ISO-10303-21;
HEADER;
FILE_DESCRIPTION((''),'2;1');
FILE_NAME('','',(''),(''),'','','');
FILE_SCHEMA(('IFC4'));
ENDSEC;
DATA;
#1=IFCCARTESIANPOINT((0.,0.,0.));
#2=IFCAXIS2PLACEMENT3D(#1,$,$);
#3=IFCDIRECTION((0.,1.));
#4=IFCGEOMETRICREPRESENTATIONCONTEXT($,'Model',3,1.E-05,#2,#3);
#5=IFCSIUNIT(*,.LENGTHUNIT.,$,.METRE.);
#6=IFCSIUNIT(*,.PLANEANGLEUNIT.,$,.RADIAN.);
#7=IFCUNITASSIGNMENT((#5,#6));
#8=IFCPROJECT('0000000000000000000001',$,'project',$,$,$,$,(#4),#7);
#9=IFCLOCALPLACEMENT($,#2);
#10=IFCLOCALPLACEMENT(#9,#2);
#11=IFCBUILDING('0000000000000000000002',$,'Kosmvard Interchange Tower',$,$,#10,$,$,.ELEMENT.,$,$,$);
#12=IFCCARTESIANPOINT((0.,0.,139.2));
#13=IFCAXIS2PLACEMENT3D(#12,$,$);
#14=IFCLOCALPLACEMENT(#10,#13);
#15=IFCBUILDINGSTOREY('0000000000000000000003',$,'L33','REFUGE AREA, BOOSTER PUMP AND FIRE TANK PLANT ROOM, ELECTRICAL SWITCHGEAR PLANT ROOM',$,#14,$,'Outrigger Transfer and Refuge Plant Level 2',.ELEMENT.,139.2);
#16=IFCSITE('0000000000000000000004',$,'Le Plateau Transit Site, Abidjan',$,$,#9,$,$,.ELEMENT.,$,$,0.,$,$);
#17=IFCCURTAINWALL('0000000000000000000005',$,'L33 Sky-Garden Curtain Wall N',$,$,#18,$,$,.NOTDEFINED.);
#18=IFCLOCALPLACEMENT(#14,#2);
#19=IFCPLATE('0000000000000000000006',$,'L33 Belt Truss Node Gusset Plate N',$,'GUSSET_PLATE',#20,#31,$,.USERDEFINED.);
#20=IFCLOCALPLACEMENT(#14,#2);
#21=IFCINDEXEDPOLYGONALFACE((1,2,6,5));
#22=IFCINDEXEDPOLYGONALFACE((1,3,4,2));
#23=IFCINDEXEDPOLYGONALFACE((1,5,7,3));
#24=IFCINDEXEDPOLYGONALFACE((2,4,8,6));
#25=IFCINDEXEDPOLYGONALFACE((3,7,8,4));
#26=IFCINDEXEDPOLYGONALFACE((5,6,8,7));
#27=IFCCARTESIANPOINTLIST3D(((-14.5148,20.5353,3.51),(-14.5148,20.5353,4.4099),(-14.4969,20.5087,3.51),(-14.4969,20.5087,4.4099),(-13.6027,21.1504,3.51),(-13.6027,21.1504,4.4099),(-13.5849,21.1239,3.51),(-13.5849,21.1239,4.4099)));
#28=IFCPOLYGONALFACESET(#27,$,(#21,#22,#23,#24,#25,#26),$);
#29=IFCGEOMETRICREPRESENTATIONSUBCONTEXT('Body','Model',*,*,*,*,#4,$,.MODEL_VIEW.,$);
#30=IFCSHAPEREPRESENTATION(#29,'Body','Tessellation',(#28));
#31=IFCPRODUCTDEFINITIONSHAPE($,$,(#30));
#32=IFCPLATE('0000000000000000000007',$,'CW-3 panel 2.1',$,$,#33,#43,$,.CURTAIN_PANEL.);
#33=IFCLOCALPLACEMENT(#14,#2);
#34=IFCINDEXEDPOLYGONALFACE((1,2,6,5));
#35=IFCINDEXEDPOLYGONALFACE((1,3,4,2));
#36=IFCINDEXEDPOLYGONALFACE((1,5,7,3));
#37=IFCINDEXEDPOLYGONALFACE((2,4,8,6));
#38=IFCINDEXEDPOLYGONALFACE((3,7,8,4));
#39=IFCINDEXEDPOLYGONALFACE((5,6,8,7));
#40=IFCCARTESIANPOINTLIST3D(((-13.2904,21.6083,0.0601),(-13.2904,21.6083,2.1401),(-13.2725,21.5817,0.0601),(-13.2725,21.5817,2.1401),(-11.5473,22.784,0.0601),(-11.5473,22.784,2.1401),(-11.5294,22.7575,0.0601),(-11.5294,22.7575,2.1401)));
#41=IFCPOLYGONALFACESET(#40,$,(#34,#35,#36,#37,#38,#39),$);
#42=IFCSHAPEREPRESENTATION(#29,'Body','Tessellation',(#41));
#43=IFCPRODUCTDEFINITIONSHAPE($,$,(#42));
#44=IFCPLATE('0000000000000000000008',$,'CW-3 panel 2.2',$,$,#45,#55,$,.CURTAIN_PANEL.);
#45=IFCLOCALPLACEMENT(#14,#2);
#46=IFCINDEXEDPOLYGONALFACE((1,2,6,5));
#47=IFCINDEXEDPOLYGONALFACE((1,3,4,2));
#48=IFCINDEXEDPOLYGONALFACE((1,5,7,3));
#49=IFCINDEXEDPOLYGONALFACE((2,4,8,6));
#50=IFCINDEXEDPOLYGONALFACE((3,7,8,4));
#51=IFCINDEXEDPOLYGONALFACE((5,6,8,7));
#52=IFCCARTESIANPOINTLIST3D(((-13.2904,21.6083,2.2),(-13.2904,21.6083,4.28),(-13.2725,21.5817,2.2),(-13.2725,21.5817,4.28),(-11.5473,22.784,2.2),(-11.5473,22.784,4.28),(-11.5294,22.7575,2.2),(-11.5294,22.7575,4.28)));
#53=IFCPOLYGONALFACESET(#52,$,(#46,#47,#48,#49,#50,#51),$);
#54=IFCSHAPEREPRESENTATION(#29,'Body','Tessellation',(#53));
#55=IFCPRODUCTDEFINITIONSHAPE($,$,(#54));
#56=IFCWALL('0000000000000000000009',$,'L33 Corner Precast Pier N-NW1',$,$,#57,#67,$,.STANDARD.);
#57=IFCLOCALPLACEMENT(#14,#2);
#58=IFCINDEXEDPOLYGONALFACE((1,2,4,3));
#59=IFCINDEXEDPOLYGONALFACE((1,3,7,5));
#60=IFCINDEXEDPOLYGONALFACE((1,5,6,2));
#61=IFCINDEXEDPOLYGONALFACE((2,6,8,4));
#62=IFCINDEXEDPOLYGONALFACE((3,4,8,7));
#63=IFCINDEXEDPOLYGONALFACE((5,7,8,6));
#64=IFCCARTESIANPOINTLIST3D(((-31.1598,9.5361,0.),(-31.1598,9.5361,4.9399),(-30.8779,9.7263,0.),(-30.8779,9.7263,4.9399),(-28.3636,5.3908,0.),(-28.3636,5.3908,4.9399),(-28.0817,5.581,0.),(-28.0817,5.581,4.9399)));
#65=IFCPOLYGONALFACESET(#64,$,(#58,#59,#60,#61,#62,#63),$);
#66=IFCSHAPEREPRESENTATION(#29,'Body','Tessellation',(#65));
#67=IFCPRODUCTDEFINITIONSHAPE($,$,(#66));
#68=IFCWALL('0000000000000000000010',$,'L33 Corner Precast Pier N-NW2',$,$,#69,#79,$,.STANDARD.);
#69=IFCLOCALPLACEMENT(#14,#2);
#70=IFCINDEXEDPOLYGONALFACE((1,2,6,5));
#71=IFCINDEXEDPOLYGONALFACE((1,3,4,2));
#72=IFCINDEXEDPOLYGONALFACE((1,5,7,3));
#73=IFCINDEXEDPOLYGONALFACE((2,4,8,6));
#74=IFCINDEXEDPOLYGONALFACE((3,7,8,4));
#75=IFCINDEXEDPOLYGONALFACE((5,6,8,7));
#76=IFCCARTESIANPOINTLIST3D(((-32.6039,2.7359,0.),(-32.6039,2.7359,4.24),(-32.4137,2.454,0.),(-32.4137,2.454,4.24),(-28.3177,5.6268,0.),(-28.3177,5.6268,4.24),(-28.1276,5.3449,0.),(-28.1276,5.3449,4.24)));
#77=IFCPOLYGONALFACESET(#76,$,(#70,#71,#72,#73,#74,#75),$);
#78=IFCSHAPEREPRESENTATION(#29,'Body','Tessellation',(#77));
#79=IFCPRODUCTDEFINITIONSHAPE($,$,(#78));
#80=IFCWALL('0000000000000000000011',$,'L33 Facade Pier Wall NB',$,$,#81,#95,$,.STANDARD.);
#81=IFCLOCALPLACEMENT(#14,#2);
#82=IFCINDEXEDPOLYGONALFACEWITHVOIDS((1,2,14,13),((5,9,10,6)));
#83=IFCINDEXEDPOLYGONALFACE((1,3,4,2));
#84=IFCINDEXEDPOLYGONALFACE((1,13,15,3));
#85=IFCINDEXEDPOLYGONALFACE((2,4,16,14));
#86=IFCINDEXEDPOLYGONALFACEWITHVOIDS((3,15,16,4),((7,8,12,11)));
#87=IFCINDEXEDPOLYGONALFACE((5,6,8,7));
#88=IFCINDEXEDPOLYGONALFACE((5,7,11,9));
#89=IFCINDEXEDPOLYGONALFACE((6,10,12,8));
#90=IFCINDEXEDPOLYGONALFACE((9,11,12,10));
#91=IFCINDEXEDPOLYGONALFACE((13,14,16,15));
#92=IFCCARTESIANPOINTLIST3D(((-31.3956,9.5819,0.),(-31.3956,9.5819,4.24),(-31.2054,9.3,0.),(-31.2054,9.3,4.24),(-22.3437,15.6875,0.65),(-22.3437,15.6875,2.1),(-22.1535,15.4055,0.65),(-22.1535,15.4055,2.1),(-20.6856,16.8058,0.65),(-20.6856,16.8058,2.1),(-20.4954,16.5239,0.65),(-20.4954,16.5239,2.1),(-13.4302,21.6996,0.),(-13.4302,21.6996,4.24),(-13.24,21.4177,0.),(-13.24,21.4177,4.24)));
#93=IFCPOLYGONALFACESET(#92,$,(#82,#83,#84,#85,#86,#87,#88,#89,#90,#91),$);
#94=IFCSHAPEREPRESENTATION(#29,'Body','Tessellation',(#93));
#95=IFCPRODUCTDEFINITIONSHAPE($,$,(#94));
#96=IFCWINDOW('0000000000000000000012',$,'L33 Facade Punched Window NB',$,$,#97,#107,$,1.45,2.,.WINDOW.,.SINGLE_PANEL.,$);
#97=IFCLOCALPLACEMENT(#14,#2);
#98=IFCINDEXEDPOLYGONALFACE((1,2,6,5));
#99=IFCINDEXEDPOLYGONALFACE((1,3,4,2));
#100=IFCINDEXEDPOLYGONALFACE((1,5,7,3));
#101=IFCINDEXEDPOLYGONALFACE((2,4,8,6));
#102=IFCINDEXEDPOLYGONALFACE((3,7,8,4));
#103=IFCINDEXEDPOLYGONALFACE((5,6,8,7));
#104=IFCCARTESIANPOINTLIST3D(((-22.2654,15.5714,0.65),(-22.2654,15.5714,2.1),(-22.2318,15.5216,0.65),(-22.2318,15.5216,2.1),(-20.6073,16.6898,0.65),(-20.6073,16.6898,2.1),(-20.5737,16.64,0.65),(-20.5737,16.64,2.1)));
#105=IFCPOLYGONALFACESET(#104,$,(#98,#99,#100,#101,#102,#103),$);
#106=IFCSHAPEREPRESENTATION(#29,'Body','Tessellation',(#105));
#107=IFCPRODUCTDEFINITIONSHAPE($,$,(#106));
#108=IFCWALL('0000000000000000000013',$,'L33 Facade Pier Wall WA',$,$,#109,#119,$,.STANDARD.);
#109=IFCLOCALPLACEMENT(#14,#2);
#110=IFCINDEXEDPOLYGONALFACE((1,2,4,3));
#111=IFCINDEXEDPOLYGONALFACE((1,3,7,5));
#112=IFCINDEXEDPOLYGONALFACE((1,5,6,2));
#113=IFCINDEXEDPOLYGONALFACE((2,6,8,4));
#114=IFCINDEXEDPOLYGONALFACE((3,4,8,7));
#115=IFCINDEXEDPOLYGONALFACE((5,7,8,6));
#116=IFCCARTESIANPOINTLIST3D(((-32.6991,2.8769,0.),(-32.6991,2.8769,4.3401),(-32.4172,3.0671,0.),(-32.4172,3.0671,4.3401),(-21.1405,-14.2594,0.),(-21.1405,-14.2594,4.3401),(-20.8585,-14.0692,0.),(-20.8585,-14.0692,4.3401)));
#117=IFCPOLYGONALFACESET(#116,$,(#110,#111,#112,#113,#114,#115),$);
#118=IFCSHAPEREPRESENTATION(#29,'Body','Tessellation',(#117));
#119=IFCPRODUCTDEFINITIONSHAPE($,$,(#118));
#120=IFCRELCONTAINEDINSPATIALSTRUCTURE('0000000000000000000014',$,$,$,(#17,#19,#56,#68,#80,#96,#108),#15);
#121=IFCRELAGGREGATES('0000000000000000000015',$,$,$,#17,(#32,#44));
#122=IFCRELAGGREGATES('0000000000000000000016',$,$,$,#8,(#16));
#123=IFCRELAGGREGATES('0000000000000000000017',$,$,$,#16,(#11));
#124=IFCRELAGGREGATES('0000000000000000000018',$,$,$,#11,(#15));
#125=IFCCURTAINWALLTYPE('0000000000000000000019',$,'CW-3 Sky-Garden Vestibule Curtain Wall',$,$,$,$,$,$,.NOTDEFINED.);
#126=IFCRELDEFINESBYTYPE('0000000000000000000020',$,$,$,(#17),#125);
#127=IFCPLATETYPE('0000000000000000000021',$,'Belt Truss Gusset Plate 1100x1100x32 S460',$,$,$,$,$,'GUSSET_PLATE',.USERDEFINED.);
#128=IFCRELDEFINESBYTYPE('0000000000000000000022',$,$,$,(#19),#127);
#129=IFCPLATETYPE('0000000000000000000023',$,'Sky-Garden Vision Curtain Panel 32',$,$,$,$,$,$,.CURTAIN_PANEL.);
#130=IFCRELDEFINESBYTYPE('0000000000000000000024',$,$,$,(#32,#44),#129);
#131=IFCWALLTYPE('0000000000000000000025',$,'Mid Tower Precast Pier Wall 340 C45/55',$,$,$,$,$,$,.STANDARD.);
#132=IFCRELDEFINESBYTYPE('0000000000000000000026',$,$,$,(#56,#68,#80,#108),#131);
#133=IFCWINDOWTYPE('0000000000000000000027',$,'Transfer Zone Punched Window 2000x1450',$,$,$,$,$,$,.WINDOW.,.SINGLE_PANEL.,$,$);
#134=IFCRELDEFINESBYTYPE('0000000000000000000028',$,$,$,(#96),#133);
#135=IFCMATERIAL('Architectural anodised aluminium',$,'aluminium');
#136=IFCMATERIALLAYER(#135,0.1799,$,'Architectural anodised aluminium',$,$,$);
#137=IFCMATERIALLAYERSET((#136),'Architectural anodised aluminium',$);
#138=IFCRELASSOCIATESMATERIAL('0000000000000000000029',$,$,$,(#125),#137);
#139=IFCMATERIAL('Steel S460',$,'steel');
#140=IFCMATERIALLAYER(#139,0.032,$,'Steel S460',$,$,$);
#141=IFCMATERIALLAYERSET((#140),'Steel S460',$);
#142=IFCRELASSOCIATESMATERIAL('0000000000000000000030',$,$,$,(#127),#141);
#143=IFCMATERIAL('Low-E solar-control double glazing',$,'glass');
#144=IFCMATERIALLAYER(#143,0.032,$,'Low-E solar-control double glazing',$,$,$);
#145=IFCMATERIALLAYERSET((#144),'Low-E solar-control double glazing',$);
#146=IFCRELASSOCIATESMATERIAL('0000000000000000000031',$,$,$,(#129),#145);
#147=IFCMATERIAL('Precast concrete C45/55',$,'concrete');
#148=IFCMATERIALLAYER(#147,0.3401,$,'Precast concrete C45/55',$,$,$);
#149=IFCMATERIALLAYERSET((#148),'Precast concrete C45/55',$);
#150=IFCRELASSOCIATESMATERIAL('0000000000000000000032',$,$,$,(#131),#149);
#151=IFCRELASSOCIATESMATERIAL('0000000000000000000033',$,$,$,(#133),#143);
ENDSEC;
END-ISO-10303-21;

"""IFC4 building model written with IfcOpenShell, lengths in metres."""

from ifc_helpers import new_model, si_unit, direction, frame, frame_2d, origin, origin_2d, place, context, subcontext, project, spatial, rectangle, extrude, source, transform, mapped, material, layer, layer_set, type_object, element, fill, aggregate, save


model = new_model("IFC4")

# Units and contexts
model_context = context("Model", 3, precision=1e-05, world=origin(), true_north=direction((0.0, 1.0)))
body_context = subcontext(model_context, "Body", "Model", "MODEL_VIEW")
ifc_project = project(units=[si_unit("LENGTHUNIT", "METRE"), si_unit("PLANEANGLEUNIT", "RADIAN")], contexts=[model_context])

# Site, building, storey
site_placement = place(None, origin())
site = spatial("IfcSite", under=ifc_project, at=site_placement, Name="Le Plateau Transit Site, Abidjan", CompositionType="ELEMENT", RefElevation=0.0)
building_placement = place(site_placement, origin())
building = spatial("IfcBuilding", under=site, at=building_placement, Name="Kosmvard Interchange Tower", CompositionType="ELEMENT")
storey_placement = place(building_placement, frame((0.0, 0.0, 139.2)))
storey = spatial("IfcBuildingStorey", under=building, at=storey_placement, Name="L33", Description="REFUGE AREA, BOOSTER PUMP AND FIRE TANK PLANT ROOM, ELECTRICAL SWITCHGEAR PLANT ROOM", LongName="Outrigger Transfer and Refuge Plant Level 2", CompositionType="ELEMENT", Elevation=139.2)

# Shared definitions
ifc_material_1 = material(Name="Steel S460", Category="steel")

# Curtain wall
ifc_material_2 = material(Name="Architectural anodised aluminium", Category="aluminium")
ifc_layer_1 = layer(ifc_material_2, 0.1799, Name="Architectural anodised aluminium")
ifc_layer_set_1 = layer_set([ifc_layer_1], Name="Architectural anodised aluminium")
curtain_wall_type = type_object("IfcCurtainWallType", Name="CW-3 Sky-Garden Vestibule Curtain Wall", PredefinedType="NOTDEFINED", material=ifc_layer_set_1)
curtain_wall_placement = place(storey_placement, origin())
curtain_wall = element("IfcCurtainWall", 1, at=curtain_wall_placement, inside=storey, type_object=curtain_wall_type, Name="L33 Sky-Garden Curtain Wall N", PredefinedType="NOTDEFINED")

# Plate
ifc_layer_2 = layer(ifc_material_1, 0.032, Name="Steel S460")
ifc_layer_set_2 = layer_set([ifc_layer_2], Name="Steel S460")
plate_type_1 = type_object("IfcPlateType", Name="Belt Truss Gusset Plate 1100x1100x32 S460", ElementType="GUSSET_PLATE", PredefinedType="USERDEFINED", material=ifc_layer_set_2)
shared_shape_1 = source(origin(), body_context, "Body", "SweptSolid", [
    extrude(rectangle(XDim=1.1001, YDim=0.032, at=origin_2d()), origin(), (0.0, 0.0, 1.0), 0.8999),
])
plate_1_placement = place(storey_placement, frame((-14.0498, 20.8296, 3.51), z_axis=(0.0, 0.0, 1.0), x_axis=(0.829038, 0.559193, 0.0)))
element("IfcPlate", 2, at=plate_1_placement, inside=storey, type_object=plate_type_1, Name="L33 Belt Truss Node Gusset Plate N", ObjectType="GUSSET_PLATE", PredefinedType="USERDEFINED", context=body_context, shape_type="MappedRepresentation", body=[
    mapped(shared_shape_1, transform((0.0, 0.0, 0.0), scale=1.0)),
])

# Plates
ifc_material_3 = material(Name="Low-E solar-control double glazing", Category="glass")
ifc_layer_3 = layer(ifc_material_3, 0.032, Name="Low-E solar-control double glazing")
ifc_layer_set_3 = layer_set([ifc_layer_3], Name="Low-E solar-control double glazing")
plate_type_2 = type_object("IfcPlateType", Name="Sky-Garden Vision Curtain Panel 32", PredefinedType="CURTAIN_PANEL", material=ifc_layer_set_3)
shared_shape_2 = source(origin(), body_context, "Body", "SweptSolid", [
    extrude(rectangle(XDim=2.1025, YDim=0.032, at=origin_2d()), origin(), (0.0, 0.0, 1.0), 2.0801),
])
plate_2_placement = place(storey_placement, frame((-12.4099, 22.1829, 0.0601), z_axis=(0.0, 0.0, 1.0), x_axis=(-0.829038, -0.559193, 0.0)))
plate_2 = element("IfcPlate", 3, at=plate_2_placement, type_object=plate_type_2, Name="CW-3 panel 2.1", PredefinedType="CURTAIN_PANEL", context=body_context, shape_type="MappedRepresentation", body=[
    mapped(shared_shape_2, transform((0.0, 0.0, 0.0), scale=1.0)),
])
plate_3_placement = place(storey_placement, frame((-12.4099, 22.1829, 2.2), z_axis=(0.0, 0.0, 1.0), x_axis=(-0.829038, -0.559193, 0.0)))
plate_3 = element("IfcPlate", 4, at=plate_3_placement, type_object=plate_type_2, Name="CW-3 panel 2.2", PredefinedType="CURTAIN_PANEL", context=body_context, shape_type="MappedRepresentation", body=[
    mapped(shared_shape_2, transform((0.0, 0.0, 0.0), scale=1.0)),
])
aggregate(curtain_wall, [plate_2, plate_3])

# Walls
ifc_material_4 = material(Name="Precast concrete C45/55", Category="concrete")
ifc_layer_4 = layer(ifc_material_4, 0.3401, Name="Precast concrete C45/55")
ifc_layer_set_4 = layer_set([ifc_layer_4], Name="Precast concrete C45/55")
wall_type = type_object("IfcWallType", Name="Mid Tower Precast Pier Wall 340 C45/55", PredefinedType="STANDARD", material=ifc_layer_set_4)
wall_1_placement = place(storey_placement, frame((-31.0188, 9.6311, 0.0), z_axis=(0.0, 0.0, 1.0), x_axis=(0.55921, -0.829026, 0.0)))
element("IfcWall", 5, at=wall_1_placement, inside=storey, type_object=wall_type, Name="L33 Corner Precast Pier N-NW1", PredefinedType="STANDARD", context=body_context, shape_type="SweptSolid", body=[
    extrude(rectangle(XDim=5.0002, YDim=0.3401, at=frame_2d((2.5, 0.0))), origin(), (0.0, 0.0, 1.0), 4.9399),
])
wall_2_placement = place(storey_placement, frame((-28.2227, 5.4858, 0.0), z_axis=(0.0, 0.0, 1.0), x_axis=(-0.829052, -0.559171, 0.0)))
element("IfcWall", 6, at=wall_2_placement, inside=storey, type_object=wall_type, Name="L33 Corner Precast Pier N-NW2", PredefinedType="STANDARD", context=body_context, shape_type="SweptSolid", body=[
    extrude(rectangle(XDim=5.1699, YDim=0.3401, at=frame_2d((2.585, 0.0))), origin(), (0.0, 0.0, 1.0), 4.24),
])

# Wall, opening, window
wall_3_placement = place(storey_placement, frame((-13.3352, 21.5586, 0.0), z_axis=(0.0, 0.0, 1.0), x_axis=(-0.82904, -0.55919, 0.0)))
wall_3 = element("IfcWall", 7, at=wall_3_placement, inside=storey, type_object=wall_type, Name="L33 Facade Pier Wall NB", PredefinedType="STANDARD", context=body_context, shape_type="SweptSolid", body=[
    extrude(rectangle(XDim=21.6702, YDim=0.3401, at=frame_2d((10.835, 0.0))), origin(), (0.0, 0.0, 1.0), 4.24),
])
opening_placement = place(wall_3_placement, frame((8.7515, 0.0, 0.6499)))
opening = element("IfcOpeningElement", 8, at=opening_placement, cuts=wall_3, PredefinedType="OPENING", context=body_context, shape_type="SweptSolid", body=[
    extrude(rectangle(XDim=2.0, YDim=1.45, at=frame_2d((1.0, 0.7251))), frame((0.0, 0.1802, 0.0), z_axis=(0.0, -1.0, 0.0), x_axis=(1.0, 0.0, 0.0)), (0.0, 0.0, 1.0), 0.3601),
])
window_type = type_object("IfcWindowType", Name="Transfer Zone Punched Window 2000x1450", PartitioningType="SINGLE_PANEL", PredefinedType="WINDOW", material=ifc_material_3)
shared_shape_3 = source(origin(), body_context, "Body", "SweptSolid", [
    extrude(rectangle(XDim=2.0, YDim=1.45, at=frame_2d((1.0, 0.7251))), frame((0.0, 0.03, 0.0), z_axis=(0.0, -1.0, 0.0), x_axis=(1.0, 0.0, 0.0)), (0.0, 0.0, 1.0), 0.0601),
])
window_placement = place(opening_placement, origin())
window = element("IfcWindow", 9, at=window_placement, inside=storey, type_object=window_type, Name="L33 Facade Punched Window NB", OverallHeight=1.45, OverallWidth=2.0, PartitioningType="SINGLE_PANEL", PredefinedType="WINDOW", context=body_context, shape_type="MappedRepresentation", body=[
    mapped(shared_shape_3, transform((0.0, 0.0, 0.0), scale=1.0)),
])
fill(opening, window)

# Wall
wall_4_placement = place(storey_placement, frame((-32.5581, 2.9719, 0.0), z_axis=(0.0, 0.0, 1.0), x_axis=(0.559195, -0.829036, 0.0)))
element("IfcWall", 10, at=wall_4_placement, inside=storey, type_object=wall_type, Name="L33 Facade Pier Wall WA", PredefinedType="STANDARD", context=body_context, shape_type="SweptSolid", body=[
    extrude(rectangle(XDim=20.6702, YDim=0.3401, at=frame_2d((10.335, 0.0))), origin(), (0.0, 0.0, 1.0), 4.3401),
])

save(model, "model.ifc")
